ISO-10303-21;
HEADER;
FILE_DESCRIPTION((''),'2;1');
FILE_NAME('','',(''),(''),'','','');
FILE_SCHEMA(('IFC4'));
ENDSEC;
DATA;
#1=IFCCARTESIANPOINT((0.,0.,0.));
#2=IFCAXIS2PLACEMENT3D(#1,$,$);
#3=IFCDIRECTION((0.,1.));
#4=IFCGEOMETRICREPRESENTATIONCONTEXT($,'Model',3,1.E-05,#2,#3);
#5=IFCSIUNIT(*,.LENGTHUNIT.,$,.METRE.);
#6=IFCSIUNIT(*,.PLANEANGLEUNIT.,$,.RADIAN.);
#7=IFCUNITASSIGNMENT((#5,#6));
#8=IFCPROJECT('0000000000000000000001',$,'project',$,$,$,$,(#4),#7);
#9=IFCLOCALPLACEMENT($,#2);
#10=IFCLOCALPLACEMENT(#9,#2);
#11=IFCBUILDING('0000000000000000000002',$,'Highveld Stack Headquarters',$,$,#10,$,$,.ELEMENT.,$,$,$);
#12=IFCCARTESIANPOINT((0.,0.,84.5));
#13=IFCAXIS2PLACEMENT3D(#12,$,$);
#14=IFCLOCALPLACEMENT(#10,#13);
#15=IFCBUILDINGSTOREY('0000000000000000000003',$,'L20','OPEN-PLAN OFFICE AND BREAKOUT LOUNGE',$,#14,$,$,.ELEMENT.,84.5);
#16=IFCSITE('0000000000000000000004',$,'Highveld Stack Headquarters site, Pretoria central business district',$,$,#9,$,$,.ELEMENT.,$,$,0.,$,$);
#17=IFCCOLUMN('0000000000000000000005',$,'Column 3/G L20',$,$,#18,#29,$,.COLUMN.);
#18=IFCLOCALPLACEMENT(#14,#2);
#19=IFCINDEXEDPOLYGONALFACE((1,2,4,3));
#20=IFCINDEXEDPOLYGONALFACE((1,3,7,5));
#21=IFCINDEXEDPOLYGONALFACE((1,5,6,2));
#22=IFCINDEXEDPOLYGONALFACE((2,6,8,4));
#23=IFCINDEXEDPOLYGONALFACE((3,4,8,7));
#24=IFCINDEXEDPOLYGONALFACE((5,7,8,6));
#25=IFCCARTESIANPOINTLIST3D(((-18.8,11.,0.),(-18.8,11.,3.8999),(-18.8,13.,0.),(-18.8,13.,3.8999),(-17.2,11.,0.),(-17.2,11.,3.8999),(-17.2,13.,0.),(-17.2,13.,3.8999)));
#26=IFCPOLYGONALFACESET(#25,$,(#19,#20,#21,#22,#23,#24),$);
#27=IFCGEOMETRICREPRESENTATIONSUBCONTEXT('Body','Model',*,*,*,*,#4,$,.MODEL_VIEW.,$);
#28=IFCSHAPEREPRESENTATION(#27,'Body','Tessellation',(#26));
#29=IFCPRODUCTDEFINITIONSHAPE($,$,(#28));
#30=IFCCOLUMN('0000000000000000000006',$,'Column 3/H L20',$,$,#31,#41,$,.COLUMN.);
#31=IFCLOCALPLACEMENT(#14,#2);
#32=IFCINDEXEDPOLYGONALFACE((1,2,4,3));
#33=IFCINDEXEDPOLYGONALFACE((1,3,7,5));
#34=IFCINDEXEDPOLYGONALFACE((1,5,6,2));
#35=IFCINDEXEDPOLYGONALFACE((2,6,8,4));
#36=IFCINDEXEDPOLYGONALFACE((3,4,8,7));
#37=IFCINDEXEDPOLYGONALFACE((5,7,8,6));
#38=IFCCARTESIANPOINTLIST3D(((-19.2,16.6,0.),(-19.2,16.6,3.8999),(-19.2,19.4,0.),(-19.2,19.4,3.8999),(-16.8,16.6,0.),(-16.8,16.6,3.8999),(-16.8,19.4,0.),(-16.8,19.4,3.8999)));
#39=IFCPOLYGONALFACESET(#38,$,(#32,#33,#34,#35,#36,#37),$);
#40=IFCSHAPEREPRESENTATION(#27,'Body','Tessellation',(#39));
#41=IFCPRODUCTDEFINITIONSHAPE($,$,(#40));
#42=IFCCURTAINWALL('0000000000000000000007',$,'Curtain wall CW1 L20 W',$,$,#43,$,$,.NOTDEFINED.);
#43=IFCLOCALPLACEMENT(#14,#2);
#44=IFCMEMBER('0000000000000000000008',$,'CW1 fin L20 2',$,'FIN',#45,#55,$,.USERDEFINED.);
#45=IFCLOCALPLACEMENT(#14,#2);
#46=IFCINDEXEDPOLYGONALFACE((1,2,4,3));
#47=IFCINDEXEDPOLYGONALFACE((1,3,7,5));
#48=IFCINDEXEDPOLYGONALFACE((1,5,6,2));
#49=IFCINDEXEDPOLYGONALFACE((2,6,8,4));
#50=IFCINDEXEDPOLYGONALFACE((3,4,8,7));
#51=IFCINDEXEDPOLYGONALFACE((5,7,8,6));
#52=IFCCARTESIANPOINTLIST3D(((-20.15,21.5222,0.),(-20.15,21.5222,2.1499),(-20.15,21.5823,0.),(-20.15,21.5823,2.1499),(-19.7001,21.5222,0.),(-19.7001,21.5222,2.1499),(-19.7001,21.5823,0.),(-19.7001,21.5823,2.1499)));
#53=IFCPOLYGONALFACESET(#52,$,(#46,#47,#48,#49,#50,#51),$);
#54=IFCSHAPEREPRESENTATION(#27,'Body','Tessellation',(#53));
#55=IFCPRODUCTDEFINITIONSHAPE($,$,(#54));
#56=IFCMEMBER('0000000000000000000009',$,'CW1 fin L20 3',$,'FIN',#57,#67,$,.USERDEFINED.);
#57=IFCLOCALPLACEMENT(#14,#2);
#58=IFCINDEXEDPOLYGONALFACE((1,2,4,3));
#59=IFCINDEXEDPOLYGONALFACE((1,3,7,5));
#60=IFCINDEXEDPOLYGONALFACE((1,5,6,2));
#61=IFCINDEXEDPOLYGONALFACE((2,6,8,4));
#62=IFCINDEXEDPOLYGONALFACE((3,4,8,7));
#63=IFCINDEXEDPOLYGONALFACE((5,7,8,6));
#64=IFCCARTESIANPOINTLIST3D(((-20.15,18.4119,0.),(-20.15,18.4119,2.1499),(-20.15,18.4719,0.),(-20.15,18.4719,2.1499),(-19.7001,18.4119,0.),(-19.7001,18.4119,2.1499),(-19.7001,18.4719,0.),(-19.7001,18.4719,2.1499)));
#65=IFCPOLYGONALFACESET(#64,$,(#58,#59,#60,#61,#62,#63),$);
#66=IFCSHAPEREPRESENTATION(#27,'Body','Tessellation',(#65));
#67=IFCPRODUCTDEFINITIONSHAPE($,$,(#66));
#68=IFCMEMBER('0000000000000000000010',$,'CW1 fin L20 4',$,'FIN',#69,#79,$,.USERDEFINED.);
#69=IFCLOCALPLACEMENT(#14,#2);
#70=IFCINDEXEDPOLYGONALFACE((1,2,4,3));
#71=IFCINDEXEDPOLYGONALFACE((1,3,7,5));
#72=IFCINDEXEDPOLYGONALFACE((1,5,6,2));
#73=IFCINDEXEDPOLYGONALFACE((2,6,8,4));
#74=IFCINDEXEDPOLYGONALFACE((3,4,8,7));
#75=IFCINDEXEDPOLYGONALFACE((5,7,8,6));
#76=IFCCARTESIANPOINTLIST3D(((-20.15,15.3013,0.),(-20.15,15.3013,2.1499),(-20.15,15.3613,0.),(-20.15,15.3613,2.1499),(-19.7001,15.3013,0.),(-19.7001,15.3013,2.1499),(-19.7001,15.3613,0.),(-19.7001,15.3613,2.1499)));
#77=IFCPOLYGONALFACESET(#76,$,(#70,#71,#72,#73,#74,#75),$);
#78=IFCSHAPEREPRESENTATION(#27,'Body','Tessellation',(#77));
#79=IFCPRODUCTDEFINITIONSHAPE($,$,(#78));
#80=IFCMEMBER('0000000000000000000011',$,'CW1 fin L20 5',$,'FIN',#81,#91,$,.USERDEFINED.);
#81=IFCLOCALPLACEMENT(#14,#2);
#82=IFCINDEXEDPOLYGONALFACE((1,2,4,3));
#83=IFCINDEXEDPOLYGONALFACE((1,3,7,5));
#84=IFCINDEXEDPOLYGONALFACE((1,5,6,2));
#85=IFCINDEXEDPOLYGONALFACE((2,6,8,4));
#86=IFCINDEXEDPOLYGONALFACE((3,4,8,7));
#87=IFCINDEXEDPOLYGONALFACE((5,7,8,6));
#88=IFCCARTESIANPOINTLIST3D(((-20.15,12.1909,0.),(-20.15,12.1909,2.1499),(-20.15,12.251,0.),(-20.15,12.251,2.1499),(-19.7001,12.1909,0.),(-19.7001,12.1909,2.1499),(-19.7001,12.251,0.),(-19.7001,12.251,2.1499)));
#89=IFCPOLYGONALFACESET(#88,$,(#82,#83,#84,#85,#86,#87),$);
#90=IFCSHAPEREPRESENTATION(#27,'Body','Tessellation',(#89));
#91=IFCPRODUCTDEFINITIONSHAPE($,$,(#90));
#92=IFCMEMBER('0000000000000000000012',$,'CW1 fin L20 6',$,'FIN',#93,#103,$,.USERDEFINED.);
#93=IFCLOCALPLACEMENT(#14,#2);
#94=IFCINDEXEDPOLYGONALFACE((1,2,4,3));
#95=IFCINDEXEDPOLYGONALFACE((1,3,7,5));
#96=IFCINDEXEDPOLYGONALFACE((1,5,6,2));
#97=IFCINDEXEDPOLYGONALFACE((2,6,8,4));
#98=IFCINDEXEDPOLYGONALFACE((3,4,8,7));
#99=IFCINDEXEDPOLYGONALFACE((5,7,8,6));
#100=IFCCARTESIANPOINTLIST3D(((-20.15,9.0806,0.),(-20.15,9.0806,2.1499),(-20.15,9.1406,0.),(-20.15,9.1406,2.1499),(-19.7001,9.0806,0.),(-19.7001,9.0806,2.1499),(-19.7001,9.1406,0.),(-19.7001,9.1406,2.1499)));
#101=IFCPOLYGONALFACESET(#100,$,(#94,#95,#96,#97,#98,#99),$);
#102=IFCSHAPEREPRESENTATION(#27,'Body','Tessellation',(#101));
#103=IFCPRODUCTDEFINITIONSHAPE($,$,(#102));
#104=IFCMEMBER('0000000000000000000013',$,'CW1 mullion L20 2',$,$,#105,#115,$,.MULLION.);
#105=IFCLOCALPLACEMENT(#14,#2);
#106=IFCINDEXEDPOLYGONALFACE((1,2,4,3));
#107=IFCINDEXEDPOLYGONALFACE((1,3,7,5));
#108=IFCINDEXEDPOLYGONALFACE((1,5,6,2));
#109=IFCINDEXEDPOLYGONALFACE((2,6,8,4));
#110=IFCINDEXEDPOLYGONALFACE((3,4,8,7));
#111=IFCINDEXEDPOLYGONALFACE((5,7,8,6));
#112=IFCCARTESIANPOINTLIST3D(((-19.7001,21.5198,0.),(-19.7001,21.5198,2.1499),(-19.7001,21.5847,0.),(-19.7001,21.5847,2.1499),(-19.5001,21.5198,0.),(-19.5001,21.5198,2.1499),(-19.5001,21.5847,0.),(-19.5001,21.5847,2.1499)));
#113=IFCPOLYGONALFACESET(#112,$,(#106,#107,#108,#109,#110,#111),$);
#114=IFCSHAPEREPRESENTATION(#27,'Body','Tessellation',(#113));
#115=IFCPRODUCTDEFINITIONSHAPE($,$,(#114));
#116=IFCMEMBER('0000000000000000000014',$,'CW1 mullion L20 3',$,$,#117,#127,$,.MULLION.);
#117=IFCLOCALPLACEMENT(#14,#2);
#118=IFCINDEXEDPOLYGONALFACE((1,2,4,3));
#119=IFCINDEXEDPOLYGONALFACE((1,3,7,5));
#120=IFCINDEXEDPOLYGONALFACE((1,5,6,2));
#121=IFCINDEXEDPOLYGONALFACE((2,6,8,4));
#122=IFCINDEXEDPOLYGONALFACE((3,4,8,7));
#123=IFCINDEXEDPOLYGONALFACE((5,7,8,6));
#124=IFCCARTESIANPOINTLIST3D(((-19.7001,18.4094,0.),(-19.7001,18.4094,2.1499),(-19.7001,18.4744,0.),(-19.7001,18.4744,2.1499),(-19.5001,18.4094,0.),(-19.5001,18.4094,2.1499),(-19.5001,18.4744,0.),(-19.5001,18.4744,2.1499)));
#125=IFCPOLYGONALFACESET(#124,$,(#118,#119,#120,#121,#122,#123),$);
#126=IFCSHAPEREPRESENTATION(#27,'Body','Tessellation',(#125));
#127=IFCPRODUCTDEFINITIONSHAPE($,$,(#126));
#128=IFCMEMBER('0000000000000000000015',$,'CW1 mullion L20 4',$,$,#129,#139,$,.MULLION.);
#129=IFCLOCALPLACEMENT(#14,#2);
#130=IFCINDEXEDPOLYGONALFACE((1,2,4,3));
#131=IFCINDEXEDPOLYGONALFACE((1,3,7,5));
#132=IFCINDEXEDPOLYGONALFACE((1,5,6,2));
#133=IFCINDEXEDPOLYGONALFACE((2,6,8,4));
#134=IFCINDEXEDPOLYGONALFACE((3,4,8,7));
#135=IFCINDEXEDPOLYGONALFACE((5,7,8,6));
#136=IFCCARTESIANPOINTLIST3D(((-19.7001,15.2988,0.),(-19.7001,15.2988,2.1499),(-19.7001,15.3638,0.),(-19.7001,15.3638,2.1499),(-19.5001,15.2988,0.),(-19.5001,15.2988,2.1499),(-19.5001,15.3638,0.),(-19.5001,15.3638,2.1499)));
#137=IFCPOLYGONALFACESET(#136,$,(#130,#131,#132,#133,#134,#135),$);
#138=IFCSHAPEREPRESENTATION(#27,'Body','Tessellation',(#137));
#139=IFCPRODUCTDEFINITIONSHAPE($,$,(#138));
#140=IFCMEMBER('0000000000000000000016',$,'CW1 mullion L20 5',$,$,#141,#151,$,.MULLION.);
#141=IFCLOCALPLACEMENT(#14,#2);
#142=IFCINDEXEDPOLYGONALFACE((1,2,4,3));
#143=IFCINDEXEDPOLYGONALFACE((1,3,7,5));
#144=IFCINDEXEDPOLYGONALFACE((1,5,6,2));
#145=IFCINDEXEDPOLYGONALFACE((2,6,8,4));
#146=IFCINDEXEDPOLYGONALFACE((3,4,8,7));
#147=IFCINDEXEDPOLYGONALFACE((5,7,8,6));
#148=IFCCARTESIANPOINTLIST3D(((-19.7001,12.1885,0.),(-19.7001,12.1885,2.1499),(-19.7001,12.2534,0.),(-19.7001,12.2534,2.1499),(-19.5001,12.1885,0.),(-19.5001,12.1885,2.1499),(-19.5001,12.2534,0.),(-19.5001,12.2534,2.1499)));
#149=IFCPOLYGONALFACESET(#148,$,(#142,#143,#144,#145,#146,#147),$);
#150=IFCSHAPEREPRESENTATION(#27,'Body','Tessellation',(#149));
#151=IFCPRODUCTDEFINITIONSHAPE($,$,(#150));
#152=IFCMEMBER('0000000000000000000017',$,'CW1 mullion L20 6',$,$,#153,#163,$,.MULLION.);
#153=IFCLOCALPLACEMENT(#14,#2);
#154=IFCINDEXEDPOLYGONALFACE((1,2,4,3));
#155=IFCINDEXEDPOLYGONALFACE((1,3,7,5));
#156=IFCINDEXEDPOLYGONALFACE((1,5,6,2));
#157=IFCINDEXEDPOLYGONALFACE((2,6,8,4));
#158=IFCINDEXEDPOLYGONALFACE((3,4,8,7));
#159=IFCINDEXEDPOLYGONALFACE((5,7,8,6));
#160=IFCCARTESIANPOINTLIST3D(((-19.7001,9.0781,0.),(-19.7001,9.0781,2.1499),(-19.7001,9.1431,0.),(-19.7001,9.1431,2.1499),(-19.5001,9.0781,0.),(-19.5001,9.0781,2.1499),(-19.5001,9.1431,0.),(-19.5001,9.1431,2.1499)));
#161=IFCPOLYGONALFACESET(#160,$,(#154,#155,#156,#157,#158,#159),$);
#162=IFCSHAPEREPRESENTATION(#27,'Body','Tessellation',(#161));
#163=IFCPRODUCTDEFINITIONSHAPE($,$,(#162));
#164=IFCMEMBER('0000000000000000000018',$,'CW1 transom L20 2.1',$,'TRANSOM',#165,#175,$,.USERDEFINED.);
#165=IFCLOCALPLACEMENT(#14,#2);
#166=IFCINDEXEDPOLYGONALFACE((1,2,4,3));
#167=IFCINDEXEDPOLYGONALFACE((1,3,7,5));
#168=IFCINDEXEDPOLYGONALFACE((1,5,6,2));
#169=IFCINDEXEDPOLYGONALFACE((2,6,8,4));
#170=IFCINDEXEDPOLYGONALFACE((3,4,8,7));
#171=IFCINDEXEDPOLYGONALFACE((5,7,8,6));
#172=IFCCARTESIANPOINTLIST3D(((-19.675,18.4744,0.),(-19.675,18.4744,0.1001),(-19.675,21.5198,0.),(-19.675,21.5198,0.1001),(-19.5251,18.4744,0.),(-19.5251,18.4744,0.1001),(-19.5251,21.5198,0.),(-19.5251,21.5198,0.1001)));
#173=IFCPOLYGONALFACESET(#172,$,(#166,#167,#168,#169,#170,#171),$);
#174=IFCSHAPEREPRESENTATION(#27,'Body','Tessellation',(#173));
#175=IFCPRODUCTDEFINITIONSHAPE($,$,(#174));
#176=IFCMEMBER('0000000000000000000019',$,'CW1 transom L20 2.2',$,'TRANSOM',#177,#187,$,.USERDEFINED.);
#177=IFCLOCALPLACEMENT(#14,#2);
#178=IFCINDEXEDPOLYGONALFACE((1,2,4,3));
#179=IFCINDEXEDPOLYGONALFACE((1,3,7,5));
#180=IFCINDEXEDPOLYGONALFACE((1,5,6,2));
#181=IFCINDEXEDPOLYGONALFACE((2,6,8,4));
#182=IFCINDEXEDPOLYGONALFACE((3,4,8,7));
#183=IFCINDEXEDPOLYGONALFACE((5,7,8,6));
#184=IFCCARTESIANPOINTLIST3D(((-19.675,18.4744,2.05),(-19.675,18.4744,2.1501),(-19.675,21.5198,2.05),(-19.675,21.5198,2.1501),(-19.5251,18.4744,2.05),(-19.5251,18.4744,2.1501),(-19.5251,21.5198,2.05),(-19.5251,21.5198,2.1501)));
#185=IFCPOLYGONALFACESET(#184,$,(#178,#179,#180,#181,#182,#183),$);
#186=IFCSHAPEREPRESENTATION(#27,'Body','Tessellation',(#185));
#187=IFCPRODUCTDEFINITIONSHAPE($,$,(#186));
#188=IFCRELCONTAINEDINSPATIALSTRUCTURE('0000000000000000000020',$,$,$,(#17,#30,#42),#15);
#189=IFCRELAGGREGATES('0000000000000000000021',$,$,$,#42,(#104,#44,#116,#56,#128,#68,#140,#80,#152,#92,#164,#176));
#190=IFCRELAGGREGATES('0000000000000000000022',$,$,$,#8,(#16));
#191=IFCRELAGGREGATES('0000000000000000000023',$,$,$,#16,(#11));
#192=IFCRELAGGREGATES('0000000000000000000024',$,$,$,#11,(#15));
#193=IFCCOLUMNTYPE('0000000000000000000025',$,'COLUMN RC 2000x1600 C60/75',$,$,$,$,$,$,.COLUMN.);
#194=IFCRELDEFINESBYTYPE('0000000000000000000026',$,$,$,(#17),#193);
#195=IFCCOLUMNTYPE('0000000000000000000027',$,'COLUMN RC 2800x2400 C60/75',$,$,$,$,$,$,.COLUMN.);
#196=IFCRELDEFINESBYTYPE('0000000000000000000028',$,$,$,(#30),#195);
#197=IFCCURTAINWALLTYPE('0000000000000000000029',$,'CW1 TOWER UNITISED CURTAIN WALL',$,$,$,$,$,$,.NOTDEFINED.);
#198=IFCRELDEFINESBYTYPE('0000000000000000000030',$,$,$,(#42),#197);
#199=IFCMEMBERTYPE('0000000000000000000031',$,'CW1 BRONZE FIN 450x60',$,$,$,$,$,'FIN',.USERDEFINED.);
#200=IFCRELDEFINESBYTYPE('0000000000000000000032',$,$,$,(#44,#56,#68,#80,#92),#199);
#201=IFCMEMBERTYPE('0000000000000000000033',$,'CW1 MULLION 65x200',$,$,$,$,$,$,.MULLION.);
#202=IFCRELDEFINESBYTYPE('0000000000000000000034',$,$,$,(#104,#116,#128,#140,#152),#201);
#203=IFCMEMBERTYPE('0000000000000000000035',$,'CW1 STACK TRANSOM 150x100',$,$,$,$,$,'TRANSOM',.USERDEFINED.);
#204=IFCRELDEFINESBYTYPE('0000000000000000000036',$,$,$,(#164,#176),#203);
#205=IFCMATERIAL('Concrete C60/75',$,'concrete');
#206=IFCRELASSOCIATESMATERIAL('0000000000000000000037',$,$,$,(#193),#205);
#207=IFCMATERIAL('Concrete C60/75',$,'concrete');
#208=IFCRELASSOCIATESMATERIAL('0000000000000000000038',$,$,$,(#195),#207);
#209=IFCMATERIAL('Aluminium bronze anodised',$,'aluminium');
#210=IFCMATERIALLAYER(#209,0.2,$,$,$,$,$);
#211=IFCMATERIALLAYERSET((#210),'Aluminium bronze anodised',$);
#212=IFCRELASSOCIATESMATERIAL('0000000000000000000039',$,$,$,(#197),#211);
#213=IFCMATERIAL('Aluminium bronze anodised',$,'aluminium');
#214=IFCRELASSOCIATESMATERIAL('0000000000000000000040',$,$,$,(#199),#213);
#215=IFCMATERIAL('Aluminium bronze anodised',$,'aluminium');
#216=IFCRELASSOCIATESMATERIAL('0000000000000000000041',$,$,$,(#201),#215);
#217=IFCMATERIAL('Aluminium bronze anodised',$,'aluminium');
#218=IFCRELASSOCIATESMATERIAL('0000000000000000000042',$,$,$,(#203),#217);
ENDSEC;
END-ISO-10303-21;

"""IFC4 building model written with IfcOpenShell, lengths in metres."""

from ifc_helpers import new_model, si_unit, direction, frame, origin, origin_2d, place, context, subcontext, project, spatial, rectangle, extrude, material, layer, layer_set, material_profile, profile_set, type_object, element, aggregate, save


model = new_model("IFC4")

# Units and contexts
model_context = context("Model", 3, precision=1e-05, world=origin(), true_north=direction((0.0, 1.0)))
body_context = subcontext(model_context, "Body", "Model", "MODEL_VIEW")
ifc_project = project(units=[si_unit("LENGTHUNIT", "METRE"), si_unit("PLANEANGLEUNIT", "RADIAN")], contexts=[model_context])

# Site, building, storey
site_placement = place(None, origin())
site = spatial("IfcSite", under=ifc_project, at=site_placement, Name="Highveld Stack Headquarters site, Pretoria central business district", CompositionType="ELEMENT", RefElevation=0.0)
building_placement = place(site_placement, origin())
building = spatial("IfcBuilding", under=site, at=building_placement, Name="Highveld Stack Headquarters", CompositionType="ELEMENT")
storey_placement = place(building_placement, frame((0.0, 0.0, 84.5)))
storey = spatial("IfcBuildingStorey", under=building, at=storey_placement, Name="L20", Description="OPEN-PLAN OFFICE AND BREAKOUT LOUNGE", CompositionType="ELEMENT", Elevation=84.5)

# Columns
ifc_material_1 = material(Name="Concrete C60/75", Category="concrete")
ifc_material_profile_1 = material_profile(ifc_material_1, rectangle(XDim=2.0, YDim=1.6001, at=origin_2d()), Name="RC 2000x1600")
ifc_profile_set_1 = profile_set([ifc_material_profile_1], Name="Concrete C60/75")
column_type_1 = type_object("IfcColumnType", Name="COLUMN RC 2000x1600 C60/75", PredefinedType="COLUMN", material=ifc_profile_set_1)
column_1_placement = place(storey_placement, frame((-18.0, 12.0, 0.0), z_axis=(0.0, 0.0, 1.0), x_axis=(0.0, 1.0, 0.0)))
element("IfcColumn", 1, at=column_1_placement, inside=storey, type_object=column_type_1, Name="Column 3/G L20", PredefinedType="COLUMN", context=body_context, shape_type="SweptSolid", body=[
    extrude(rectangle(XDim=2.0, YDim=1.6001, at=origin_2d()), origin(), (0.0, 0.0, 1.0), 3.8999),
])
ifc_material_2 = material(Name="Concrete C60/75", Category="concrete")
ifc_material_profile_2 = material_profile(ifc_material_2, rectangle(XDim=2.8, YDim=2.3999, at=origin_2d()), Name="RC 2800x2400")
ifc_profile_set_2 = profile_set([ifc_material_profile_2], Name="Concrete C60/75")
column_type_2 = type_object("IfcColumnType", Name="COLUMN RC 2800x2400 C60/75", PredefinedType="COLUMN", material=ifc_profile_set_2)
column_2_placement = place(storey_placement, frame((-18.0, 18.0, 0.0), z_axis=(0.0, 0.0, 1.0), x_axis=(0.0, 1.0, 0.0)))
element("IfcColumn", 2, at=column_2_placement, inside=storey, type_object=column_type_2, Name="Column 3/H L20", PredefinedType="COLUMN", context=body_context, shape_type="SweptSolid", body=[
    extrude(rectangle(XDim=2.8, YDim=2.3999, at=origin_2d()), origin(), (0.0, 0.0, 1.0), 3.8999),
])

# Curtain wall, members
ifc_material_3 = material(Name="Aluminium bronze anodised", Category="aluminium")
ifc_layer_1 = layer(ifc_material_3, 0.2)
ifc_layer_set_1 = layer_set([ifc_layer_1], Name="Aluminium bronze anodised")
curtain_wall_type = type_object("IfcCurtainWallType", Name="CW1 TOWER UNITISED CURTAIN WALL", PredefinedType="NOTDEFINED", material=ifc_layer_set_1)
curtain_wall_placement = place(storey_placement, origin())
curtain_wall = element("IfcCurtainWall", 3, at=curtain_wall_placement, inside=storey, type_object=curtain_wall_type, Name="Curtain wall CW1 L20 W", PredefinedType="NOTDEFINED")
ifc_material_4 = material(Name="Aluminium bronze anodised", Category="aluminium")
ifc_material_profile_3 = material_profile(ifc_material_4, rectangle(XDim=0.45, YDim=0.0601, at=origin_2d()), Name="FIN 450x60")
ifc_profile_set_3 = profile_set([ifc_material_profile_3], Name="Aluminium bronze anodised")
member_type_1 = type_object("IfcMemberType", Name="CW1 BRONZE FIN 450x60", ElementType="FIN", PredefinedType="USERDEFINED", material=ifc_profile_set_3)
member_1_placement = place(storey_placement, frame((-19.925, 21.5522, 0.0), z_axis=(0.0, 0.0, 1.0), x_axis=(1.0, 0.0, 0.0)))
member_1 = element("IfcMember", 4, at=member_1_placement, type_object=member_type_1, Name="CW1 fin L20 2", ObjectType="FIN", PredefinedType="USERDEFINED", context=body_context, shape_type="SweptSolid", body=[
    extrude(rectangle(XDim=0.45, YDim=0.0601, at=origin_2d()), origin(), (0.0, 0.0, 1.0), 2.1499),
])
member_2_placement = place(storey_placement, frame((-19.925, 18.4419, 0.0), z_axis=(0.0, 0.0, 1.0), x_axis=(1.0, 0.0, 0.0)))
member_2 = element("IfcMember", 5, at=member_2_placement, type_object=member_type_1, Name="CW1 fin L20 3", ObjectType="FIN", PredefinedType="USERDEFINED", context=body_context, shape_type="SweptSolid", body=[
    extrude(rectangle(XDim=0.45, YDim=0.0601, at=origin_2d()), origin(), (0.0, 0.0, 1.0), 2.1499),
])
member_3_placement = place(storey_placement, frame((-19.925, 15.3313, 0.0), z_axis=(0.0, 0.0, 1.0), x_axis=(1.0, 0.0, 0.0)))
member_3 = element("IfcMember", 6, at=member_3_placement, type_object=member_type_1, Name="CW1 fin L20 4", ObjectType="FIN", PredefinedType="USERDEFINED", context=body_context, shape_type="SweptSolid", body=[
    extrude(rectangle(XDim=0.45, YDim=0.0601, at=origin_2d()), origin(), (0.0, 0.0, 1.0), 2.1499),
])
member_4_placement = place(storey_placement, frame((-19.925, 12.2209, 0.0), z_axis=(0.0, 0.0, 1.0), x_axis=(1.0, 0.0, 0.0)))
member_4 = element("IfcMember", 7, at=member_4_placement, type_object=member_type_1, Name="CW1 fin L20 5", ObjectType="FIN", PredefinedType="USERDEFINED", context=body_context, shape_type="SweptSolid", body=[
    extrude(rectangle(XDim=0.45, YDim=0.0601, at=origin_2d()), origin(), (0.0, 0.0, 1.0), 2.1499),
])
member_5_placement = place(storey_placement, frame((-19.925, 9.1106, 0.0), z_axis=(0.0, 0.0, 1.0), x_axis=(1.0, 0.0, 0.0)))
member_5 = element("IfcMember", 8, at=member_5_placement, type_object=member_type_1, Name="CW1 fin L20 6", ObjectType="FIN", PredefinedType="USERDEFINED", context=body_context, shape_type="SweptSolid", body=[
    extrude(rectangle(XDim=0.45, YDim=0.0601, at=origin_2d()), origin(), (0.0, 0.0, 1.0), 2.1499),
])
ifc_material_5 = material(Name="Aluminium bronze anodised", Category="aluminium")
ifc_material_profile_4 = material_profile(ifc_material_5, rectangle(XDim=0.2, YDim=0.0649, at=origin_2d()), Name="CW1 MULLION 65x200")
ifc_profile_set_4 = profile_set([ifc_material_profile_4], Name="Aluminium bronze anodised")
member_type_2 = type_object("IfcMemberType", Name="CW1 MULLION 65x200", PredefinedType="MULLION", material=ifc_profile_set_4)
member_6_placement = place(storey_placement, frame((-19.6001, 21.5522, 0.0), z_axis=(0.0, 0.0, 1.0), x_axis=(1.0, 0.0, 0.0)))
member_6 = element("IfcMember", 9, at=member_6_placement, type_object=member_type_2, Name="CW1 mullion L20 2", PredefinedType="MULLION", context=body_context, shape_type="SweptSolid", body=[
    extrude(rectangle(XDim=0.2, YDim=0.0649, at=origin_2d()), origin(), (0.0, 0.0, 1.0), 2.1499),
])
member_7_placement = place(storey_placement, frame((-19.6001, 18.4419, 0.0), z_axis=(0.0, 0.0, 1.0), x_axis=(1.0, 0.0, 0.0)))
member_7 = element("IfcMember", 10, at=member_7_placement, type_object=member_type_2, Name="CW1 mullion L20 3", PredefinedType="MULLION", context=body_context, shape_type="SweptSolid", body=[
    extrude(rectangle(XDim=0.2, YDim=0.0649, at=origin_2d()), origin(), (0.0, 0.0, 1.0), 2.1499),
])
member_8_placement = place(storey_placement, frame((-19.6001, 15.3313, 0.0), z_axis=(0.0, 0.0, 1.0), x_axis=(1.0, 0.0, 0.0)))
member_8 = element("IfcMember", 11, at=member_8_placement, type_object=member_type_2, Name="CW1 mullion L20 4", PredefinedType="MULLION", context=body_context, shape_type="SweptSolid", body=[
    extrude(rectangle(XDim=0.2, YDim=0.0649, at=origin_2d()), origin(), (0.0, 0.0, 1.0), 2.1499),
])
member_9_placement = place(storey_placement, frame((-19.6001, 12.2209, 0.0), z_axis=(0.0, 0.0, 1.0), x_axis=(1.0, 0.0, 0.0)))
member_9 = element("IfcMember", 12, at=member_9_placement, type_object=member_type_2, Name="CW1 mullion L20 5", PredefinedType="MULLION", context=body_context, shape_type="SweptSolid", body=[
    extrude(rectangle(XDim=0.2, YDim=0.0649, at=origin_2d()), origin(), (0.0, 0.0, 1.0), 2.1499),
])
member_10_placement = place(storey_placement, frame((-19.6001, 9.1106, 0.0), z_axis=(0.0, 0.0, 1.0), x_axis=(1.0, 0.0, 0.0)))
member_10 = element("IfcMember", 13, at=member_10_placement, type_object=member_type_2, Name="CW1 mullion L20 6", PredefinedType="MULLION", context=body_context, shape_type="SweptSolid", body=[
    extrude(rectangle(XDim=0.2, YDim=0.0649, at=origin_2d()), origin(), (0.0, 0.0, 1.0), 2.1499),
])
ifc_material_6 = material(Name="Aluminium bronze anodised", Category="aluminium")
ifc_material_profile_5 = material_profile(ifc_material_6, rectangle(XDim=0.1499, YDim=0.1001, at=origin_2d()), Name="CW1 TRANSOM 150x100")
ifc_profile_set_5 = profile_set([ifc_material_profile_5], Name="Aluminium bronze anodised")
member_type_3 = type_object("IfcMemberType", Name="CW1 STACK TRANSOM 150x100", ElementType="TRANSOM", PredefinedType="USERDEFINED", material=ifc_profile_set_5)
member_11_placement = place(storey_placement, frame((-19.6001, 21.5198, 0.05), z_axis=(0.0, -1.0, 0.0), x_axis=(1.0, 0.0, 0.0)))
member_11 = element("IfcMember", 14, at=member_11_placement, type_object=member_type_3, Name="CW1 transom L20 2.1", ObjectType="TRANSOM", PredefinedType="USERDEFINED", context=body_context, shape_type="SweptSolid", body=[
    extrude(rectangle(XDim=0.1499, YDim=0.1001, at=origin_2d()), origin(), (0.0, 0.0, 1.0), 3.0454),
])
member_12_placement = place(storey_placement, frame((-19.6001, 21.5198, 2.1001), z_axis=(0.0, -1.0, 0.0), x_axis=(1.0, 0.0, 0.0)))
member_12 = element("IfcMember", 15, at=member_12_placement, type_object=member_type_3, Name="CW1 transom L20 2.2", ObjectType="TRANSOM", PredefinedType="USERDEFINED", context=body_context, shape_type="SweptSolid", body=[
    extrude(rectangle(XDim=0.1499, YDim=0.1001, at=origin_2d()), origin(), (0.0, 0.0, 1.0), 3.0454),
])
aggregate(curtain_wall, [member_6, member_1, member_7, member_2, member_8, member_3, member_9, member_4, member_10, member_5, member_11, member_12])

save(model, "model.ifc")
